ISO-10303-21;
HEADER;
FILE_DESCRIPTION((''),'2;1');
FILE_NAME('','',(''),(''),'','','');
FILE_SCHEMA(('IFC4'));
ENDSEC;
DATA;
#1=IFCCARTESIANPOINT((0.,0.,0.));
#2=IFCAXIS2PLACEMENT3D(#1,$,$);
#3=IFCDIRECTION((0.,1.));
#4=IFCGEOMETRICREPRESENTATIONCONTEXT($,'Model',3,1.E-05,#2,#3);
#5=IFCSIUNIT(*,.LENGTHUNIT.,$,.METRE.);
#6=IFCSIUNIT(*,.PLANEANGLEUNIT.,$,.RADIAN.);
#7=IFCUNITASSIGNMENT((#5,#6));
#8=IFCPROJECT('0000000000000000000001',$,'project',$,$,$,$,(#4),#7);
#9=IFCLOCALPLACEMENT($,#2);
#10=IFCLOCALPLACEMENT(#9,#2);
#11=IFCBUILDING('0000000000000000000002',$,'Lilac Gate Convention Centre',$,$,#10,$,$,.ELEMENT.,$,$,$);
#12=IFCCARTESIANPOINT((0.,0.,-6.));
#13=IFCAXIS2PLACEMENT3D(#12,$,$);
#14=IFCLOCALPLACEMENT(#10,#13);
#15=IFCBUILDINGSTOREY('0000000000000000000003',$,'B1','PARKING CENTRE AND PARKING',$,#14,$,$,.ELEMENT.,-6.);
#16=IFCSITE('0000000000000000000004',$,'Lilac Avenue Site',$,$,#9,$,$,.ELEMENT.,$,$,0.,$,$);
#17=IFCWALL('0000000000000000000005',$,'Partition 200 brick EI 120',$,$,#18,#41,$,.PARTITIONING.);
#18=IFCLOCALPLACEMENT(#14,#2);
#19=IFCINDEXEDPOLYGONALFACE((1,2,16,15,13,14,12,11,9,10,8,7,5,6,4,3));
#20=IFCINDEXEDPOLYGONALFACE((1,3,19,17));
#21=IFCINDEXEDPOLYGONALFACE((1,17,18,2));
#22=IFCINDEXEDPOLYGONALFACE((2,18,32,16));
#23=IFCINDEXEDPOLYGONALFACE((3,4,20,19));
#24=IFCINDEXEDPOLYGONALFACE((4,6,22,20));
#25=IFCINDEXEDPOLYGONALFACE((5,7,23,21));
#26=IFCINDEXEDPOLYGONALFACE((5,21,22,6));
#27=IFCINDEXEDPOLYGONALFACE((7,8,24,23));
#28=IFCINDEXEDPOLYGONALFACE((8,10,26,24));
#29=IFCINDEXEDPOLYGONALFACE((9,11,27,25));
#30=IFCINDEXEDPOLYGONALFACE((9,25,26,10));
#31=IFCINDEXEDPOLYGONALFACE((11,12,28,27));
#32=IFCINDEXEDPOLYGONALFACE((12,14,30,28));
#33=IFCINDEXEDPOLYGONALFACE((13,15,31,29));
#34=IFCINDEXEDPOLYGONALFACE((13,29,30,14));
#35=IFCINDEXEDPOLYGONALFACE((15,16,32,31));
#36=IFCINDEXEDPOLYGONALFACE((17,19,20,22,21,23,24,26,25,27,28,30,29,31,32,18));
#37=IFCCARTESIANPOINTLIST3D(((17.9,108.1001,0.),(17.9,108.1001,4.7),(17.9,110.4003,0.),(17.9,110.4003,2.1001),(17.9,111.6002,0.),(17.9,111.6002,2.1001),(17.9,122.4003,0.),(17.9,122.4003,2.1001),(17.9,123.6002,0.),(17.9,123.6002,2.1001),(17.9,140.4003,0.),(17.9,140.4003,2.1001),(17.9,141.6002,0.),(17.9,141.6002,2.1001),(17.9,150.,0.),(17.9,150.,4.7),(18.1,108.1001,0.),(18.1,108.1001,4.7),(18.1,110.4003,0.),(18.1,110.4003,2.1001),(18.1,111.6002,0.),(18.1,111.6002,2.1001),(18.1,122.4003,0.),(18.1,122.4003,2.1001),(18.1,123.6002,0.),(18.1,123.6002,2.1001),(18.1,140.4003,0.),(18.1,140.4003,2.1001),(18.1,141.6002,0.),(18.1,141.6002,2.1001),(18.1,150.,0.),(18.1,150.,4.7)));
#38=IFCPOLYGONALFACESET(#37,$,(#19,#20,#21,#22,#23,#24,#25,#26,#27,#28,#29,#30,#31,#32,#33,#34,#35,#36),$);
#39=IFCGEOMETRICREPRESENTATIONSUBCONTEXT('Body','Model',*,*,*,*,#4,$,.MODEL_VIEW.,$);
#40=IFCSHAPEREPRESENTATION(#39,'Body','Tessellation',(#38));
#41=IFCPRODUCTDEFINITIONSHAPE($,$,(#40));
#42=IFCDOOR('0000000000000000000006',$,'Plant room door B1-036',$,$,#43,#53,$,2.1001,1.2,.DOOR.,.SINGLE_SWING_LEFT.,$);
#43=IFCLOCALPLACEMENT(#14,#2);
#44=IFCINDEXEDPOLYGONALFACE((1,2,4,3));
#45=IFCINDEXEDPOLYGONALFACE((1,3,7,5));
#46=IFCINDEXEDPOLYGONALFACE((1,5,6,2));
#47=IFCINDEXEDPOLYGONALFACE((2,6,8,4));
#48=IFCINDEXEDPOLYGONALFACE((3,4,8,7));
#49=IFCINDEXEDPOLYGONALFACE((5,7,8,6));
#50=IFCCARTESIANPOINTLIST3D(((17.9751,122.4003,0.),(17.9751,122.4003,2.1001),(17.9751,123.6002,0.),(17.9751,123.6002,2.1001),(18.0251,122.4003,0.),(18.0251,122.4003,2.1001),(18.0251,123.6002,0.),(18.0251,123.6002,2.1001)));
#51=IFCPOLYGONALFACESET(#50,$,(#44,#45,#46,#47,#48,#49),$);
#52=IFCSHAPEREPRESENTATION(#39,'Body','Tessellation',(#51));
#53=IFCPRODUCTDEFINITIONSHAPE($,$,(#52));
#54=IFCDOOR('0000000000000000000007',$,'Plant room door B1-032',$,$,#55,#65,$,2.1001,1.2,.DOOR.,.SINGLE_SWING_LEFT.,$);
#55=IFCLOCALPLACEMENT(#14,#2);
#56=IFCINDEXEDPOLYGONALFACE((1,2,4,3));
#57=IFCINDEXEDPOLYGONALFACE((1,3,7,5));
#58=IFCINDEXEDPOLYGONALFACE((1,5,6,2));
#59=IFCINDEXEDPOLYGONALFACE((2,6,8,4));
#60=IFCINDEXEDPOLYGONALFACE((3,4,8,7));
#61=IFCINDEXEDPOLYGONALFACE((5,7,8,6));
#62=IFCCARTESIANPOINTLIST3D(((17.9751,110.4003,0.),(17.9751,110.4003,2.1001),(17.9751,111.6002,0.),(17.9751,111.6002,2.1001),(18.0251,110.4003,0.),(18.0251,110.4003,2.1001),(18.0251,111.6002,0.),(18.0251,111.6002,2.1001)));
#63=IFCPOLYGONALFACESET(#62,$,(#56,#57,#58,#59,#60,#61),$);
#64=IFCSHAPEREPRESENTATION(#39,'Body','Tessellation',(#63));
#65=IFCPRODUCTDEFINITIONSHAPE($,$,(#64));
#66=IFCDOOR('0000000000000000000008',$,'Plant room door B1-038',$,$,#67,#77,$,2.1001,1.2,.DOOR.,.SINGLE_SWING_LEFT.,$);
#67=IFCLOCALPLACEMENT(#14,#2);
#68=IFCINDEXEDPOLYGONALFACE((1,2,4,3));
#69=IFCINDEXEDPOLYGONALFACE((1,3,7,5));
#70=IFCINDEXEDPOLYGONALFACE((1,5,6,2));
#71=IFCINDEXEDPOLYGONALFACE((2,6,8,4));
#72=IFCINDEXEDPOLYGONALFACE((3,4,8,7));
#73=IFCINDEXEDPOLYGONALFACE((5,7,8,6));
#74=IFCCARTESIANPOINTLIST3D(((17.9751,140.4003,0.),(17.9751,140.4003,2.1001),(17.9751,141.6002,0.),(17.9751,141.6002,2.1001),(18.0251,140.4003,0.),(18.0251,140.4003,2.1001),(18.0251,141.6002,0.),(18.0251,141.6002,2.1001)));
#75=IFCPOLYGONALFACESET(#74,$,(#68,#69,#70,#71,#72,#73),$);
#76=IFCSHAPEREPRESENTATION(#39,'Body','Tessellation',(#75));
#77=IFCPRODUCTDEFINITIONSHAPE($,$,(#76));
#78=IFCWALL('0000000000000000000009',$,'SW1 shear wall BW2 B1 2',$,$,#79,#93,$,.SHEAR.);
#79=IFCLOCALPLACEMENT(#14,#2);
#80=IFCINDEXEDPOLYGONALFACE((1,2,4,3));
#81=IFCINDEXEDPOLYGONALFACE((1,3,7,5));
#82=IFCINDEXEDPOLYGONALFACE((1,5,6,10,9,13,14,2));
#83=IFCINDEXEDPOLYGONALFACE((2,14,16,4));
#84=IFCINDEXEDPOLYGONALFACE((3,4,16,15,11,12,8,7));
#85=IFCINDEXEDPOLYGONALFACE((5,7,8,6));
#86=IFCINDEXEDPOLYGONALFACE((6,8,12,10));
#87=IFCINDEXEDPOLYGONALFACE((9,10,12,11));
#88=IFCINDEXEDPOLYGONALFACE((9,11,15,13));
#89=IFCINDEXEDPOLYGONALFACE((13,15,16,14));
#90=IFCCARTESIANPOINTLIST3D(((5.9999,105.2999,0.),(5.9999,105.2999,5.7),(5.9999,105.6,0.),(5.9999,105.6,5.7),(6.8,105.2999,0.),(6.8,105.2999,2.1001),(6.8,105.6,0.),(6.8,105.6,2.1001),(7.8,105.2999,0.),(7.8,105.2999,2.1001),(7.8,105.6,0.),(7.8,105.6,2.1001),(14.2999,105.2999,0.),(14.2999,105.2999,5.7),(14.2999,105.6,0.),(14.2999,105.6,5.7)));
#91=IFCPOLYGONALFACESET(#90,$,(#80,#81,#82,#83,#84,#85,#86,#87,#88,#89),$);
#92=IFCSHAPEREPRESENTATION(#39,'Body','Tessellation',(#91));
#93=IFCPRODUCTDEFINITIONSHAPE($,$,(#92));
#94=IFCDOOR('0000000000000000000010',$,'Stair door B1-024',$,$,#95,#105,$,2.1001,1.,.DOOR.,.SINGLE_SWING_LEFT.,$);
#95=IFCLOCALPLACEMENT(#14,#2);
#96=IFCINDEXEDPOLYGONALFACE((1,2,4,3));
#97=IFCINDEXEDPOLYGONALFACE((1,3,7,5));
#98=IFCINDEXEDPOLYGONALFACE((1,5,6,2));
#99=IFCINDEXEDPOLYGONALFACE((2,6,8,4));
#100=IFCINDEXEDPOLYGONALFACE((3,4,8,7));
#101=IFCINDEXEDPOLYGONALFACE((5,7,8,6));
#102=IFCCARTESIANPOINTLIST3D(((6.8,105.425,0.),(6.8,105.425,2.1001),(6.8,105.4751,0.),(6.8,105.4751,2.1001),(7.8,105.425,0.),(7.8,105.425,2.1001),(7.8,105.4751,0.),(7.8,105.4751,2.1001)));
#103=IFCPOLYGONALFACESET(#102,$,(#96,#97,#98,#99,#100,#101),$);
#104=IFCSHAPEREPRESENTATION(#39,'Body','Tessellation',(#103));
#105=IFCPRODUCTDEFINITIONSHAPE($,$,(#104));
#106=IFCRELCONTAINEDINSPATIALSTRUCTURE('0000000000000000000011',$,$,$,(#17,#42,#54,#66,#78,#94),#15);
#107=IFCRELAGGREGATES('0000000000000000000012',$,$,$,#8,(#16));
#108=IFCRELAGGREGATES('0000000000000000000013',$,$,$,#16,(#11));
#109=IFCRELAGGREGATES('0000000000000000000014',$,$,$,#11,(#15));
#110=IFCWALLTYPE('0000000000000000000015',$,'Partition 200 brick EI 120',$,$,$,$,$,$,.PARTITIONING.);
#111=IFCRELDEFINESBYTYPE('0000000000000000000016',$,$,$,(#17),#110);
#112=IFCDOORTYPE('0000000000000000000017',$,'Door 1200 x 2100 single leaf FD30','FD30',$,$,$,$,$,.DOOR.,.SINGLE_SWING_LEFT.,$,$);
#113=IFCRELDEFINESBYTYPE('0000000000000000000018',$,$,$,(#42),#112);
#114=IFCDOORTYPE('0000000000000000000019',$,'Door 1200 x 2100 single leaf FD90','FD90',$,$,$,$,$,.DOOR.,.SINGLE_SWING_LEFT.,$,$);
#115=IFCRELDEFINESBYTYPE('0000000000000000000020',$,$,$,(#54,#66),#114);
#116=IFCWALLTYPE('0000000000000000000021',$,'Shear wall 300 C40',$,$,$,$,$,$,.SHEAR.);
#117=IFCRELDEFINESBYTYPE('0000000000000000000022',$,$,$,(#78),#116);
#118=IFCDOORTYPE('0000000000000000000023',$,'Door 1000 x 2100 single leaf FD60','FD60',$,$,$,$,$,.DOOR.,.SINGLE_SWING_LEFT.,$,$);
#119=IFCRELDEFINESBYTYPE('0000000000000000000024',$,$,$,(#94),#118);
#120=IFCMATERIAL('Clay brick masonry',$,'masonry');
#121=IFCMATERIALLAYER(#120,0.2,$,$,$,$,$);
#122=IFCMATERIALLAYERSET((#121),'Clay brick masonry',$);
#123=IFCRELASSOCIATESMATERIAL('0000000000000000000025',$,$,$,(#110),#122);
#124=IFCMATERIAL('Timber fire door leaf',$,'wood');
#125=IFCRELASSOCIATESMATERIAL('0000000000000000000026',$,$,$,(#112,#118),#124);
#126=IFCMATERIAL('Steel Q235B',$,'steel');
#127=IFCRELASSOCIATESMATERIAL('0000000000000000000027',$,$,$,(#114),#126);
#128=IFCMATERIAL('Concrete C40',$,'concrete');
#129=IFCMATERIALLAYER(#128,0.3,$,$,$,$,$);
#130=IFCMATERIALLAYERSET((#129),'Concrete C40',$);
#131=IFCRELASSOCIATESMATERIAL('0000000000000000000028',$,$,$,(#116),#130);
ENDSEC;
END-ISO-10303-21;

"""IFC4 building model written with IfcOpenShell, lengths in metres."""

from ifc_helpers import new_model, si_unit, direction, frame, frame_2d, origin, place, context, subcontext, project, spatial, rectangle, extrude, material, layer, layer_set, type_object, element, fill, save


model = new_model("IFC4")

# Units and contexts
model_context = context("Model", 3, precision=1e-05, world=origin(), true_north=direction((0.0, 1.0)))
body_context = subcontext(model_context, "Body", "Model", "MODEL_VIEW")
ifc_project = project(units=[si_unit("LENGTHUNIT", "METRE"), si_unit("PLANEANGLEUNIT", "RADIAN")], contexts=[model_context])

# Site, building, storey
site_placement = place(None, origin())
site = spatial("IfcSite", under=ifc_project, at=site_placement, Name="Lilac Avenue Site", CompositionType="ELEMENT", RefElevation=0.0)
building_placement = place(site_placement, origin())
building = spatial("IfcBuilding", under=site, at=building_placement, Name="Lilac Gate Convention Centre", CompositionType="ELEMENT")
storey_placement = place(building_placement, frame((0.0, 0.0, -6.0)))
storey = spatial("IfcBuildingStorey", under=building, at=storey_placement, Name="B1", Description="PARKING CENTRE AND PARKING", CompositionType="ELEMENT", Elevation=-6.0)

# Shared definitions
ifc_material_1 = material(Name="Concrete C40", Category="concrete")

# Shared definitions
ifc_material_2 = material(Name="Clay brick masonry", Category="masonry")
ifc_layer_1 = layer(ifc_material_2, 0.2)
ifc_layer_set_1 = layer_set([ifc_layer_1], Name="Clay brick masonry")
wall_type_1 = type_object("IfcWallType", Name="Partition 200 brick EI 120", PredefinedType="PARTITIONING", material=ifc_layer_set_1)

# Wall, openings, doors
wall_1_placement = place(storey_placement, frame((18.0, 108.1001, 0.0), z_axis=(0.0, 0.0, 1.0), x_axis=(0.0, 1.0, 0.0)))
wall_1 = element("IfcWall", 1, at=wall_1_placement, inside=storey, type_object=wall_type_1, Name="Partition 200 brick EI 120", PredefinedType="PARTITIONING", context=body_context, shape_type="SweptSolid", body=[
    extrude(rectangle(XDim=41.8999, YDim=0.2, at=frame_2d((20.95, 0.0))), origin(), (0.0, 0.0, 1.0), 4.7),
])
opening_1_placement = place(wall_1_placement, frame((2.3, 0.0, 0.0)))
opening_1 = element("IfcOpeningElement", 2, at=opening_1_placement, cuts=wall_1, PredefinedType="OPENING", context=body_context, shape_type="SweptSolid", body=[
    extrude(rectangle(XDim=1.2, YDim=2.1001, at=frame_2d((0.6001, 1.05))), frame((0.0, 0.1099, 0.0), z_axis=(0.0, -1.0, 0.0), x_axis=(1.0, 0.0, 0.0)), (0.0, 0.0, 1.0), 0.22),
])
opening_2_placement = place(wall_1_placement, frame((14.3, 0.0, 0.0)))
opening_2 = element("IfcOpeningElement", 3, at=opening_2_placement, cuts=wall_1, PredefinedType="OPENING", context=body_context, shape_type="SweptSolid", body=[
    extrude(rectangle(XDim=1.2, YDim=2.1001, at=frame_2d((0.6001, 1.05))), frame((0.0, 0.1099, 0.0), z_axis=(0.0, -1.0, 0.0), x_axis=(1.0, 0.0, 0.0)), (0.0, 0.0, 1.0), 0.22),
])
opening_3_placement = place(wall_1_placement, frame((32.3, 0.0, 0.0)))
opening_3 = element("IfcOpeningElement", 4, at=opening_3_placement, cuts=wall_1, PredefinedType="OPENING", context=body_context, shape_type="SweptSolid", body=[
    extrude(rectangle(XDim=1.2, YDim=2.1001, at=frame_2d((0.6001, 1.05))), frame((0.0, 0.1099, 0.0), z_axis=(0.0, -1.0, 0.0), x_axis=(1.0, 0.0, 0.0)), (0.0, 0.0, 1.0), 0.22),
])
ifc_material_3 = material(Name="Timber fire door leaf", Category="wood")
door_type_1 = type_object("IfcDoorType", Name="Door 1200 x 2100 single leaf FD30", Description="FD30", OperationType="SINGLE_SWING_LEFT", PredefinedType="DOOR", material=ifc_material_3)
door_1_placement = place(opening_2_placement, origin())
door_1 = element("IfcDoor", 5, at=door_1_placement, inside=storey, type_object=door_type_1, Name="Plant room door B1-036", OperationType="SINGLE_SWING_LEFT", OverallHeight=2.1001, OverallWidth=1.2, PredefinedType="DOOR", context=body_context, shape_type="SweptSolid", body=[
    extrude(rectangle(XDim=1.2, YDim=2.1001, at=frame_2d((0.6001, 1.05))), frame((0.0, 0.0249, 0.0), z_axis=(0.0, -1.0, 0.0), x_axis=(1.0, 0.0, 0.0)), (0.0, 0.0, 1.0), 0.05),
])
fill(opening_2, door_1)
ifc_material_4 = material(Name="Steel Q235B", Category="steel")
door_type_2 = type_object("IfcDoorType", Name="Door 1200 x 2100 single leaf FD90", Description="FD90", OperationType="SINGLE_SWING_LEFT", PredefinedType="DOOR", material=ifc_material_4)
door_2_placement = place(opening_1_placement, origin())
door_2 = element("IfcDoor", 6, at=door_2_placement, inside=storey, type_object=door_type_2, Name="Plant room door B1-032", OperationType="SINGLE_SWING_LEFT", OverallHeight=2.1001, OverallWidth=1.2, PredefinedType="DOOR", context=body_context, shape_type="SweptSolid", body=[
    extrude(rectangle(XDim=1.2, YDim=2.1001, at=frame_2d((0.6001, 1.05))), frame((0.0, 0.0249, 0.0), z_axis=(0.0, -1.0, 0.0), x_axis=(1.0, 0.0, 0.0)), (0.0, 0.0, 1.0), 0.05),
])
fill(opening_1, door_2)
door_3_placement = place(opening_3_placement, origin())
door_3 = element("IfcDoor", 7, at=door_3_placement, inside=storey, type_object=door_type_2, Name="Plant room door B1-038", OperationType="SINGLE_SWING_LEFT", OverallHeight=2.1001, OverallWidth=1.2, PredefinedType="DOOR", context=body_context, shape_type="SweptSolid", body=[
    extrude(rectangle(XDim=1.2, YDim=2.1001, at=frame_2d((0.6001, 1.05))), frame((0.0, 0.0249, 0.0), z_axis=(0.0, -1.0, 0.0), x_axis=(1.0, 0.0, 0.0)), (0.0, 0.0, 1.0), 0.05),
])
fill(opening_3, door_3)

# Wall, opening, door
ifc_layer_2 = layer(ifc_material_1, 0.3)
ifc_layer_set_2 = layer_set([ifc_layer_2], Name="Concrete C40")
wall_type_2 = type_object("IfcWallType", Name="Shear wall 300 C40", PredefinedType="SHEAR", material=ifc_layer_set_2)
wall_2_placement = place(storey_placement, frame((6.0, 105.45, 0.0), z_axis=(0.0, 0.0, 1.0), x_axis=(1.0, 0.0, 0.0)))
wall_2 = element("IfcWall", 8, at=wall_2_placement, inside=storey, type_object=wall_type_2, Name="SW1 shear wall BW2 B1 2", PredefinedType="SHEAR", context=body_context, shape_type="SweptSolid", body=[
    extrude(rectangle(XDim=8.3, YDim=0.3, at=frame_2d((4.1499, 0.0))), origin(), (0.0, 0.0, 1.0), 5.7),
])
opening_4_placement = place(wall_2_placement, frame((0.8, 0.0, 0.0)))
opening_4 = element("IfcOpeningElement", 9, at=opening_4_placement, cuts=wall_2, PredefinedType="OPENING", context=body_context, shape_type="SweptSolid", body=[
    extrude(rectangle(XDim=1.0, YDim=2.1001, at=frame_2d((0.5, 1.05))), frame((0.0, 0.1599, 0.0), z_axis=(0.0, -1.0, 0.0), x_axis=(1.0, 0.0, 0.0)), (0.0, 0.0, 1.0), 0.3201),
])
door_type_3 = type_object("IfcDoorType", Name="Door 1000 x 2100 single leaf FD60", Description="FD60", OperationType="SINGLE_SWING_LEFT", PredefinedType="DOOR", material=ifc_material_3)
door_4_placement = place(opening_4_placement, frame((1.0, 0.0, 0.0), z_axis=(0.0, 0.0, 1.0), x_axis=(-1.0, 0.0, 0.0)))
door_4 = element("IfcDoor", 10, at=door_4_placement, inside=storey, type_object=door_type_3, Name="Stair door B1-024", OperationType="SINGLE_SWING_LEFT", OverallHeight=2.1001, OverallWidth=1.0, PredefinedType="DOOR", context=body_context, shape_type="SweptSolid", body=[
    extrude(rectangle(XDim=1.0, YDim=2.1001, at=frame_2d((0.5, 1.05))), frame((0.0, 0.0249, 0.0), z_axis=(0.0, -1.0, 0.0), x_axis=(1.0, 0.0, 0.0)), (0.0, 0.0, 1.0), 0.05),
])
fill(opening_4, door_4)

save(model, "model.ifc")
